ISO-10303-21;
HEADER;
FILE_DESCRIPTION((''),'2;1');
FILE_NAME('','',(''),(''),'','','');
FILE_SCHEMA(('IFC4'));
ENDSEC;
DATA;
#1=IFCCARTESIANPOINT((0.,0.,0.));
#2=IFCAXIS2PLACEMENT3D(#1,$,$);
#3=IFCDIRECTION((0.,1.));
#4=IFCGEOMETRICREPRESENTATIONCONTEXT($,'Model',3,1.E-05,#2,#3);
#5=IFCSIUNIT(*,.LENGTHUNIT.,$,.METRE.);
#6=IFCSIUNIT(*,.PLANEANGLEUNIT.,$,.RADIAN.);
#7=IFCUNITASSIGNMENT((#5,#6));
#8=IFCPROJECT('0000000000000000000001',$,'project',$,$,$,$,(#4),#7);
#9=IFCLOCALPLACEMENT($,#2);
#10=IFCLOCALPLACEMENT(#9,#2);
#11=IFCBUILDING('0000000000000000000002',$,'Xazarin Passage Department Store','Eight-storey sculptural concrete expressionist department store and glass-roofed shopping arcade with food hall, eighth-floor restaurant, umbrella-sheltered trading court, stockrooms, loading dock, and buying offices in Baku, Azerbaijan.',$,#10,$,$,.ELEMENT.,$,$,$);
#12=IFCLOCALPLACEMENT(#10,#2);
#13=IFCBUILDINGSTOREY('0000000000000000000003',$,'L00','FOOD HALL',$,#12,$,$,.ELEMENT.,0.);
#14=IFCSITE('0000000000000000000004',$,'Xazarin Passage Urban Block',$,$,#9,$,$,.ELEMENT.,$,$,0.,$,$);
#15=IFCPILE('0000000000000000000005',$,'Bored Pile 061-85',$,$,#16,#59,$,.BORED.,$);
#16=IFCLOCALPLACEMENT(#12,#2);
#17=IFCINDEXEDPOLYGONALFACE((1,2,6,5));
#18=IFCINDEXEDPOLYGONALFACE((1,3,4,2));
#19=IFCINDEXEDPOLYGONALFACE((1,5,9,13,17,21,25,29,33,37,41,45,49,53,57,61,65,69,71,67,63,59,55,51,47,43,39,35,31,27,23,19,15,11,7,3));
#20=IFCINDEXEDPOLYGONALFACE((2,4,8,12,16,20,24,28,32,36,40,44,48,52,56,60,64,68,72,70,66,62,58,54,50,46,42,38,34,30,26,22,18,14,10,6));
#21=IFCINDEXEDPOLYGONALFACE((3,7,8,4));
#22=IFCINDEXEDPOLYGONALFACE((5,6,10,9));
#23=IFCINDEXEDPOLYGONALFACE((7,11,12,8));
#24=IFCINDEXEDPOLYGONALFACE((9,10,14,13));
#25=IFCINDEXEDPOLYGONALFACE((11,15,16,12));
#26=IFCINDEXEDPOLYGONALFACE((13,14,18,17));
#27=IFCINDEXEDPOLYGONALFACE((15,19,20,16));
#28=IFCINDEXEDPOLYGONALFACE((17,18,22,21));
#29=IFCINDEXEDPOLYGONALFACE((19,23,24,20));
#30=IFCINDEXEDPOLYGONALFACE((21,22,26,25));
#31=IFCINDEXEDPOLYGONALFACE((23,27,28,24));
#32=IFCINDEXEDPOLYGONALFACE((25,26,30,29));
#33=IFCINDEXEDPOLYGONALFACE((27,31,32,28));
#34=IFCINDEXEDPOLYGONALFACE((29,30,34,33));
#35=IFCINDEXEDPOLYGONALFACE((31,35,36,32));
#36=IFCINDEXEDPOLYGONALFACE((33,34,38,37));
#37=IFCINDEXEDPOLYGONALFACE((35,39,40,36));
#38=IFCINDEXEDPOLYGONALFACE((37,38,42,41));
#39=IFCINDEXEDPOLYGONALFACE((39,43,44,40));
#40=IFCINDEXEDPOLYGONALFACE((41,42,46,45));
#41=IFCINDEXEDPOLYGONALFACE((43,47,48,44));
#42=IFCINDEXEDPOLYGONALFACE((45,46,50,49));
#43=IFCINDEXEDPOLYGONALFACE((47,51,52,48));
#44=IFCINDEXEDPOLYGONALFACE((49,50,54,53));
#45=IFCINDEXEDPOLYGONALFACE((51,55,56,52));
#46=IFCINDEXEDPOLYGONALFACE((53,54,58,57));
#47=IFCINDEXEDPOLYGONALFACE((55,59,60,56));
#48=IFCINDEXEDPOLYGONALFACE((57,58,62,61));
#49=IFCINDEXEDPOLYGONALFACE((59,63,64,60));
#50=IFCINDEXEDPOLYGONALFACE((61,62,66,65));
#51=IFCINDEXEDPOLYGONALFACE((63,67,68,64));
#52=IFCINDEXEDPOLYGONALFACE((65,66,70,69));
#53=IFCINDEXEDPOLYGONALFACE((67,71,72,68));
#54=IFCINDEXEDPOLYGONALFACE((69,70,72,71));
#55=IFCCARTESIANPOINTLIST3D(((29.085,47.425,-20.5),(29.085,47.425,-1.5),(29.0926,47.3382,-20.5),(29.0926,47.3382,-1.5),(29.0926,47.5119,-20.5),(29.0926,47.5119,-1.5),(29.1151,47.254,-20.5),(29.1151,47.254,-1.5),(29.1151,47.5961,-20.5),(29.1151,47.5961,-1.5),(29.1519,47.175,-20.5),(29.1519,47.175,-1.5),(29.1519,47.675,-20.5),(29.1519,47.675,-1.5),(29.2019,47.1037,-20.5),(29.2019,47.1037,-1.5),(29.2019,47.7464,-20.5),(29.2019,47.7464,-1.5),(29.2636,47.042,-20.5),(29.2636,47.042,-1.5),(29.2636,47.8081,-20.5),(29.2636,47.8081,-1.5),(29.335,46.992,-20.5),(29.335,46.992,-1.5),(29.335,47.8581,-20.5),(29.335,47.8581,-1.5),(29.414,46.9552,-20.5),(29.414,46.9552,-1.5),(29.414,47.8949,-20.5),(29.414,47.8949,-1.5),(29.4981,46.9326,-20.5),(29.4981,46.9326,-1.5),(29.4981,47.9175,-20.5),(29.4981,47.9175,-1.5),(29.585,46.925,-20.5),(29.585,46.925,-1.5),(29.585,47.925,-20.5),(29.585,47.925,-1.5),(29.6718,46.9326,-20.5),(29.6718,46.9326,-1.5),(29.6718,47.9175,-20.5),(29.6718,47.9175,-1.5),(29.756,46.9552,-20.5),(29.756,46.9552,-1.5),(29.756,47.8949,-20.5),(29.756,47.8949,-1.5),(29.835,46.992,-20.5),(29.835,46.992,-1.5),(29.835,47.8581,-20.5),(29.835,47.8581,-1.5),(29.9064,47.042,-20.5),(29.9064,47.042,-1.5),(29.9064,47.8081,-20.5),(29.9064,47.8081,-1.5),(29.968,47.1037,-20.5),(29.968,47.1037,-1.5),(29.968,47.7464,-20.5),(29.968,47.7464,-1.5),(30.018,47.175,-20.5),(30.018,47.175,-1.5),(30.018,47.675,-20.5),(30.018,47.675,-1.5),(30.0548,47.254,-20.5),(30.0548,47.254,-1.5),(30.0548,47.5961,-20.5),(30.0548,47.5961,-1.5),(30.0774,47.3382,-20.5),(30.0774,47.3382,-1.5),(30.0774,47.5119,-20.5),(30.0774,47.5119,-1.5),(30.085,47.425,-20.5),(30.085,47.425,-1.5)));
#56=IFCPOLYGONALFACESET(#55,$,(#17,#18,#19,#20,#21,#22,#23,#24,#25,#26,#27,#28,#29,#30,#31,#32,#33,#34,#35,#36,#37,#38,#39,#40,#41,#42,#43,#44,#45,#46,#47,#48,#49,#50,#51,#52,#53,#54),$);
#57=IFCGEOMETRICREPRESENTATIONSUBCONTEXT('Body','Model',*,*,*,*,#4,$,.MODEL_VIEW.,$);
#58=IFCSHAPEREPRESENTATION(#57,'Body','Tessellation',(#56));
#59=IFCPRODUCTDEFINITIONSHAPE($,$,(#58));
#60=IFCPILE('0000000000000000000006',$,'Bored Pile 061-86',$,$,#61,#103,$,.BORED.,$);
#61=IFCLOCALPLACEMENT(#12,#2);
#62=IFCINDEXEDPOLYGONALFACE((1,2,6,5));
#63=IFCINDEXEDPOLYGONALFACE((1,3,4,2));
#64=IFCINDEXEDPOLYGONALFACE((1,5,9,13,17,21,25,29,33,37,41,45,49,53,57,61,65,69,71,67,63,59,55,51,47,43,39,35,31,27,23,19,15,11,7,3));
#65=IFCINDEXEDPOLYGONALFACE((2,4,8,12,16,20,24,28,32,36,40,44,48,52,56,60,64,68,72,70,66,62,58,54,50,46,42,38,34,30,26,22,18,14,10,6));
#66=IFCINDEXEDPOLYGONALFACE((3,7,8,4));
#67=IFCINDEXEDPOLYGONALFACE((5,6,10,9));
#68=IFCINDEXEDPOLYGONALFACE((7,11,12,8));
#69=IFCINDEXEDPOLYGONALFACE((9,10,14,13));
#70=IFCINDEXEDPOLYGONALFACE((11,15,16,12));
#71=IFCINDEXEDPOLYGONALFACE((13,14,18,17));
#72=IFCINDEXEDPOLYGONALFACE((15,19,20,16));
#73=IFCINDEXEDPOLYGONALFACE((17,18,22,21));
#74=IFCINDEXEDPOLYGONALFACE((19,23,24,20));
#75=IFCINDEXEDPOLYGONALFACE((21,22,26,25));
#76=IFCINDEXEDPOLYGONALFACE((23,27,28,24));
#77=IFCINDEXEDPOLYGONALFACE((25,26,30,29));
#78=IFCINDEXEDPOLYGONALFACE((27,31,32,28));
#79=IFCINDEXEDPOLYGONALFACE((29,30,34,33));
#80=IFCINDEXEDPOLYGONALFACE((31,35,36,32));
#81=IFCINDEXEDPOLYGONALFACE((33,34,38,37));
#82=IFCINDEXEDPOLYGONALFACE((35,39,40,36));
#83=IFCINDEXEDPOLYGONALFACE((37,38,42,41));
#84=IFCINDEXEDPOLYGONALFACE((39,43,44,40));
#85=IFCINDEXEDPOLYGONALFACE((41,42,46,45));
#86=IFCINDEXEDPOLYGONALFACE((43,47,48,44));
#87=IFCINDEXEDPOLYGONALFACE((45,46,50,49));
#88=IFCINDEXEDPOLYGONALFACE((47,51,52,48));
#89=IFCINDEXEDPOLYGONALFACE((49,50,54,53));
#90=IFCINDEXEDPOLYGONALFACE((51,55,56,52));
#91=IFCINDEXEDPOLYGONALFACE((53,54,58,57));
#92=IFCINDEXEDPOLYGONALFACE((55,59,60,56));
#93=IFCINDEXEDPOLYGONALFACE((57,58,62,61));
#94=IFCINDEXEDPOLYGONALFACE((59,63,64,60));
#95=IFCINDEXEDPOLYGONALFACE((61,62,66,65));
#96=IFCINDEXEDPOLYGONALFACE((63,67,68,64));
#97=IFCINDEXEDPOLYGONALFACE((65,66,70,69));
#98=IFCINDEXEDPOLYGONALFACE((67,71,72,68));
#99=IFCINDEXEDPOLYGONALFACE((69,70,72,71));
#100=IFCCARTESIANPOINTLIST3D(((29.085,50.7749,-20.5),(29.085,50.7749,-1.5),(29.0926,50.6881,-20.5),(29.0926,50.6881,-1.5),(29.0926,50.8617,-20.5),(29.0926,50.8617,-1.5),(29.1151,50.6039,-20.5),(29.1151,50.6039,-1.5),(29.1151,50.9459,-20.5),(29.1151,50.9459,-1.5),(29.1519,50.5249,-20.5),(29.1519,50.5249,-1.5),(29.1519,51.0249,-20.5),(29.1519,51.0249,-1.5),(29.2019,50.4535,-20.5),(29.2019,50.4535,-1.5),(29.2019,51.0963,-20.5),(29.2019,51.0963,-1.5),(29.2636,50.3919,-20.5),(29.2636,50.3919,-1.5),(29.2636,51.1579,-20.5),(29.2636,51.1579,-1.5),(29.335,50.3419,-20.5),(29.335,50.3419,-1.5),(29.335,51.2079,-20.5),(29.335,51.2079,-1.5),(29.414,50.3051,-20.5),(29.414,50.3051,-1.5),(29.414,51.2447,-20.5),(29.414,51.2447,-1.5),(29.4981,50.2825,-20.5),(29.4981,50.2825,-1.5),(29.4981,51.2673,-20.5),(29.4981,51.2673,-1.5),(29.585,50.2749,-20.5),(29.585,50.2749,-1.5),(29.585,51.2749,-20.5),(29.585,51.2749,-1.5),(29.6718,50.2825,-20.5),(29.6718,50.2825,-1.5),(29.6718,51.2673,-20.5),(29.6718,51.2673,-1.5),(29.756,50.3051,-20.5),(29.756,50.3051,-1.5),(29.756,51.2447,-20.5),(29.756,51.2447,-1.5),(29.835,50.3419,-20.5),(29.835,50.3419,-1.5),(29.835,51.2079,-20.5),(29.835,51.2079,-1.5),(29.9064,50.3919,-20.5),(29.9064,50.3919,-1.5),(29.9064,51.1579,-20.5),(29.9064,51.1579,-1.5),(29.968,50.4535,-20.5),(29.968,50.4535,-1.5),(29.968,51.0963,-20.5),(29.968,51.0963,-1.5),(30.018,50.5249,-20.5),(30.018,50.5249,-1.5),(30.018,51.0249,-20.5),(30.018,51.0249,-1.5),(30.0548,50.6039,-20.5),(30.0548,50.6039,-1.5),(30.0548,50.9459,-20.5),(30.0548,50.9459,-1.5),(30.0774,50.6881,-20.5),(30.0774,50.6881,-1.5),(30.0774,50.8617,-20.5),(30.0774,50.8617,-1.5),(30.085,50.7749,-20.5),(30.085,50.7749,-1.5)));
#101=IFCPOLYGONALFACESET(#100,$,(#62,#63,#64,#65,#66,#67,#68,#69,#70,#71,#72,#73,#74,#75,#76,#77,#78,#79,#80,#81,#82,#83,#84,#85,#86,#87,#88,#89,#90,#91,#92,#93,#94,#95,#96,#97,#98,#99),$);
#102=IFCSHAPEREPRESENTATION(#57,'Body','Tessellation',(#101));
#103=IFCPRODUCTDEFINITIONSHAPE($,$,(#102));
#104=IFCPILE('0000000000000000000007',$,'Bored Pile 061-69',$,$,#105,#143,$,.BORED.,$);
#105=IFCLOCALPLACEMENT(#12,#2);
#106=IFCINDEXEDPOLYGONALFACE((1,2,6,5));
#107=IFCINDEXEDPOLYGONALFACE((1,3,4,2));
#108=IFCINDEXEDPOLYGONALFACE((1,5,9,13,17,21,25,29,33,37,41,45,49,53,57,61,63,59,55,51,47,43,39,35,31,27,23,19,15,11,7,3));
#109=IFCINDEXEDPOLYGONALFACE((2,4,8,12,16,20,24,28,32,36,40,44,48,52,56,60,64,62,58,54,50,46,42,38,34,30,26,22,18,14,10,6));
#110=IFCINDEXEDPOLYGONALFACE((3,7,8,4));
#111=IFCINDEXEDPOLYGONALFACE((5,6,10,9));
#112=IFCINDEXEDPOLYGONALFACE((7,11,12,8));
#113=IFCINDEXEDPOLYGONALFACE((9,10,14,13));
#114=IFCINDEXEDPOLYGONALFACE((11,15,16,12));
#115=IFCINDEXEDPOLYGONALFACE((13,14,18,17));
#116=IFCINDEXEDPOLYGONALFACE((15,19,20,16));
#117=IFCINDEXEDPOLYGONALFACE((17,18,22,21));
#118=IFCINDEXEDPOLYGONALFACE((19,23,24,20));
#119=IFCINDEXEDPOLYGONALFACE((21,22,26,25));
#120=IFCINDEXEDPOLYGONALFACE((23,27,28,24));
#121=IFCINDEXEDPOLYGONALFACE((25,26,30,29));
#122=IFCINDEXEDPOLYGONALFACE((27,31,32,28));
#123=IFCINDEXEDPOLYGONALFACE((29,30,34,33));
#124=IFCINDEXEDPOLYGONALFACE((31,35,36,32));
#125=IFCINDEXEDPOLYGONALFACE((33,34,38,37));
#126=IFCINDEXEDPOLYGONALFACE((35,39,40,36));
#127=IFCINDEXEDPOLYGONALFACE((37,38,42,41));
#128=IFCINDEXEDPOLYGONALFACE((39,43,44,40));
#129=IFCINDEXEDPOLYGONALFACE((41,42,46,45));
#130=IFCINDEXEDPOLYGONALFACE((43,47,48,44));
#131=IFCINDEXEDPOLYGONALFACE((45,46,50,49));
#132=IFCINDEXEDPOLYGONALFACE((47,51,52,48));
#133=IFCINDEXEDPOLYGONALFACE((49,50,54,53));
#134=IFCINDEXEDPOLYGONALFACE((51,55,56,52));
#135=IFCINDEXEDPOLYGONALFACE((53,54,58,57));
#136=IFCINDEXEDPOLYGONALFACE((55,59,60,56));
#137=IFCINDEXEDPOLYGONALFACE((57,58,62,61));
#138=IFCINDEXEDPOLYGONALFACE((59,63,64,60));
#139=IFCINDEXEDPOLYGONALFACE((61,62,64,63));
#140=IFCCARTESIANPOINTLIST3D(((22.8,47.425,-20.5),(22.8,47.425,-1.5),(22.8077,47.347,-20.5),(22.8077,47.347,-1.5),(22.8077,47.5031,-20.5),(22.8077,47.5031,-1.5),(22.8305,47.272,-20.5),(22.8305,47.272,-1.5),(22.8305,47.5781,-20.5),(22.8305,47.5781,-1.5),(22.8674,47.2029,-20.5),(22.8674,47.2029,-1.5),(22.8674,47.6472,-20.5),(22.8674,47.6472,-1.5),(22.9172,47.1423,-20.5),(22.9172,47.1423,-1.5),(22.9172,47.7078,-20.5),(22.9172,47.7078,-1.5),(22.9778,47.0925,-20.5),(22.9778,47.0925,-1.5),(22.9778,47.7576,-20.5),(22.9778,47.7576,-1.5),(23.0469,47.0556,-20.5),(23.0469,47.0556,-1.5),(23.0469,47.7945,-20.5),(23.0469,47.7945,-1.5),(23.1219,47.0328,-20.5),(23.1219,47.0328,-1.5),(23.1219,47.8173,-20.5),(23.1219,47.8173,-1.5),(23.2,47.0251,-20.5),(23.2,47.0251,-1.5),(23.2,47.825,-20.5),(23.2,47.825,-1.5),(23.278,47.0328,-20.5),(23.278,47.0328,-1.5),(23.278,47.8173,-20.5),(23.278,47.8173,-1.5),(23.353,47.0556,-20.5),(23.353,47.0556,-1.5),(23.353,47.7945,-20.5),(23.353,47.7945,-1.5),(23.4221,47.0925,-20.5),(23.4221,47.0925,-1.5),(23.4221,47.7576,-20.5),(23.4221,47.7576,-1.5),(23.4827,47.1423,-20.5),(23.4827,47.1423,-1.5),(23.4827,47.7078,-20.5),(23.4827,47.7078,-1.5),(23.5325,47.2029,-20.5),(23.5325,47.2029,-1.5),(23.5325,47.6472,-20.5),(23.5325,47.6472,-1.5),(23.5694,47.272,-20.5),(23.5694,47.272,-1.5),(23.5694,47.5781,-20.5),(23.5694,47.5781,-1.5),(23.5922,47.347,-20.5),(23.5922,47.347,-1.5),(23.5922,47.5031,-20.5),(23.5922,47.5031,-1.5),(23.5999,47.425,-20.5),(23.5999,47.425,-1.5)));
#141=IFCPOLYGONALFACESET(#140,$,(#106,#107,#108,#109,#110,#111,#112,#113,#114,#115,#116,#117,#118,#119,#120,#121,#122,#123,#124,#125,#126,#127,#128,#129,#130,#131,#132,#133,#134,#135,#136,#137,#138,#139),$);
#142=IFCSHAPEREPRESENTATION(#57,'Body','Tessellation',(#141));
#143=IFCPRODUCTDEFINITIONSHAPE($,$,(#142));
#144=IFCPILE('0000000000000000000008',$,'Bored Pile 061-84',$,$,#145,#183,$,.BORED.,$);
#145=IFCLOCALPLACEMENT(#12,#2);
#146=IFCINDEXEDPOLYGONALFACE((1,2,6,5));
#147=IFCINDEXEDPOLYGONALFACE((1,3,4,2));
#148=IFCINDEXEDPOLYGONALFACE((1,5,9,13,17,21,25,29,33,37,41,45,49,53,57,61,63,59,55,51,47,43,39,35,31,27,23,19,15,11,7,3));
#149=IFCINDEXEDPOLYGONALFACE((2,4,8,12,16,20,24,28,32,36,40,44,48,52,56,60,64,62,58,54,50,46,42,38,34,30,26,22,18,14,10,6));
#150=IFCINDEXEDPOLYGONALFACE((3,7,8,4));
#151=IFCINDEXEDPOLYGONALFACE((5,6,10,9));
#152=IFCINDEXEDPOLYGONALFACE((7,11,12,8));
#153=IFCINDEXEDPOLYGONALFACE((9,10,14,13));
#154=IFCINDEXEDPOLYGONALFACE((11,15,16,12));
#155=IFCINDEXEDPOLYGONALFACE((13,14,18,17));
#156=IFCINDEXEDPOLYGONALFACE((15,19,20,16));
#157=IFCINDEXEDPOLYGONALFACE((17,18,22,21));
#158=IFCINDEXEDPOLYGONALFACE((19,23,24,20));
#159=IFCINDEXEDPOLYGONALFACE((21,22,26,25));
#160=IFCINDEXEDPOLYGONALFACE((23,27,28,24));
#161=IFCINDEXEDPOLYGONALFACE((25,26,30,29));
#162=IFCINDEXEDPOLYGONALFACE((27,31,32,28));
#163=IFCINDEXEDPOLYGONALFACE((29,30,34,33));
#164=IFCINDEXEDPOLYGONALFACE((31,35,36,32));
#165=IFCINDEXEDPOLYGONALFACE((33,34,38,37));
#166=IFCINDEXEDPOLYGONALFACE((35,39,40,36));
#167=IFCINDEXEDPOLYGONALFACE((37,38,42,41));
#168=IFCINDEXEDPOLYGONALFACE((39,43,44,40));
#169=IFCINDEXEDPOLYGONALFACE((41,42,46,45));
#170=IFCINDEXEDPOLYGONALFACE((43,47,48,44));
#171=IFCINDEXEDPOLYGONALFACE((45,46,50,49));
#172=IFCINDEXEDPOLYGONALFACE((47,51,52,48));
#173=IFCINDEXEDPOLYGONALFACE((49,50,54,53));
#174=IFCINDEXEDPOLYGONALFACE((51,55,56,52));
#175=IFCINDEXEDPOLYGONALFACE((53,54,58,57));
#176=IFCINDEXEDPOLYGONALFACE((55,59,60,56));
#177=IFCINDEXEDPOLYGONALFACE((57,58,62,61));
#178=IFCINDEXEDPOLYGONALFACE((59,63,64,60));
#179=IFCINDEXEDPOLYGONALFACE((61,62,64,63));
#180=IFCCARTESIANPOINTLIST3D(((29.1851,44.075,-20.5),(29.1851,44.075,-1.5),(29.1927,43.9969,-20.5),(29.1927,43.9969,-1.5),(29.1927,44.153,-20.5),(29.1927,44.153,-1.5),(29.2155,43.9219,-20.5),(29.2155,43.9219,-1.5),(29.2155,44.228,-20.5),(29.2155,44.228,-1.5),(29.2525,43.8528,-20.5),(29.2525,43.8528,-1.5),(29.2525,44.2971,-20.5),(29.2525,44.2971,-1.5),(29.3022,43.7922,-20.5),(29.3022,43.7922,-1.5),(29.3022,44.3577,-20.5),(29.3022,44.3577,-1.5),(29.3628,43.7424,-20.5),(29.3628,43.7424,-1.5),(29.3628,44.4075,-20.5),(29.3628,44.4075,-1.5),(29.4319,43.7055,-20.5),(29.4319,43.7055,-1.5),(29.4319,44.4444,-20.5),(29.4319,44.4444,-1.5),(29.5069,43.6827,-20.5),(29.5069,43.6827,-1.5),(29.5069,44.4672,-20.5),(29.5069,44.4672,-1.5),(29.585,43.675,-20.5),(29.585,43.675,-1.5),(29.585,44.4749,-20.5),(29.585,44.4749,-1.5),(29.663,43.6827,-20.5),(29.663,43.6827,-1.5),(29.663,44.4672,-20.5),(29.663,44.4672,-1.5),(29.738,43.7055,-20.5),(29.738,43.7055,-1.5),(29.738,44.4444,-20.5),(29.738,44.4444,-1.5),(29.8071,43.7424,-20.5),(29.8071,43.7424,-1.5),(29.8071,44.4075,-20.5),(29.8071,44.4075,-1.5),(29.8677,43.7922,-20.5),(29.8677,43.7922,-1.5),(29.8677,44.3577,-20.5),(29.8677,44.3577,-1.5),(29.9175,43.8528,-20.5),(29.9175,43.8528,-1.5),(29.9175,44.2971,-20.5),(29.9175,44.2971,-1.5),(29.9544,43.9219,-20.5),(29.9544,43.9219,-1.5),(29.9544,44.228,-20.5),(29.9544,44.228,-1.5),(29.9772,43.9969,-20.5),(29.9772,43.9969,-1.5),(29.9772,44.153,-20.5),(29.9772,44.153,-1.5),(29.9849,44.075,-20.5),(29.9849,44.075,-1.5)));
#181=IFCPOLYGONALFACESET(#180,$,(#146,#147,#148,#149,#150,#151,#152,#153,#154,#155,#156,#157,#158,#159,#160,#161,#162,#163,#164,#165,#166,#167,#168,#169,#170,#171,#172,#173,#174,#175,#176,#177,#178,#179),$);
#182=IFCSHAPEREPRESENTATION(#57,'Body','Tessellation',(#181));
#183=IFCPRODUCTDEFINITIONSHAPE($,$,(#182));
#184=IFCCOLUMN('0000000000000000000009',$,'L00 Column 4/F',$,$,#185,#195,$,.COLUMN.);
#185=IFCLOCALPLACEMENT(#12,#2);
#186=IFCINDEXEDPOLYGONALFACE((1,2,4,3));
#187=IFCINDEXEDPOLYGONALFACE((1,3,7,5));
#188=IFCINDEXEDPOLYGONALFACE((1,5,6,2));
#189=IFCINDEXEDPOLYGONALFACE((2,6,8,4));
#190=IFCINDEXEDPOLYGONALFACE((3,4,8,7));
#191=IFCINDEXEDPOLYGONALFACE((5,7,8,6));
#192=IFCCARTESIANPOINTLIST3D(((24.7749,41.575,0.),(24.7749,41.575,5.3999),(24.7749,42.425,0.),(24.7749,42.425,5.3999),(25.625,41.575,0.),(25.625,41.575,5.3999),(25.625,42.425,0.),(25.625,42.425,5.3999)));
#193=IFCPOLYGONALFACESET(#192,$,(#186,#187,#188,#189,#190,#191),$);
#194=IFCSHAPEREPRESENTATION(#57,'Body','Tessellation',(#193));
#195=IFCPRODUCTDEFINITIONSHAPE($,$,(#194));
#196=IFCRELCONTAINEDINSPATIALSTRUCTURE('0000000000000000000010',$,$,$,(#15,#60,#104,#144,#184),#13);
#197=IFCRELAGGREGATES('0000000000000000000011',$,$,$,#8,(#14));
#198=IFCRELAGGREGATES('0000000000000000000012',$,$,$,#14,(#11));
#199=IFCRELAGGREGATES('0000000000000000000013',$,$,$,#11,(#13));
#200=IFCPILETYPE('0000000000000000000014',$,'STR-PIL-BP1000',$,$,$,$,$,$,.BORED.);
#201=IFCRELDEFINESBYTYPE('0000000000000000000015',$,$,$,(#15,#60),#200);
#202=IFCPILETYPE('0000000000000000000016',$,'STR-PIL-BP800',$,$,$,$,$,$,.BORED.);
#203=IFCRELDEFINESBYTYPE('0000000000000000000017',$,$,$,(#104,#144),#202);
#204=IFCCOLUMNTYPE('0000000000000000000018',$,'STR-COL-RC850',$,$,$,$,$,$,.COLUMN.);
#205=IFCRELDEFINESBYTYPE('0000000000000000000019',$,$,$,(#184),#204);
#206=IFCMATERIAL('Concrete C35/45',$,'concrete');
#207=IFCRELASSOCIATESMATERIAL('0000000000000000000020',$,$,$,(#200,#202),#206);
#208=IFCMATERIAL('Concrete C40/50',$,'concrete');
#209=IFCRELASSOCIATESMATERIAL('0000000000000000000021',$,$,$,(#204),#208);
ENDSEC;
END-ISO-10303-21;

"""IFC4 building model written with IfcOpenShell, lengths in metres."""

from ifc_helpers import new_model, si_unit, direction, frame, origin, origin_2d, place, context, subcontext, project, spatial, rectangle, circle, extrude, material, material_profile, profile_set, type_object, element, save


model = new_model("IFC4")

# Units and contexts
model_context = context("Model", 3, precision=1e-05, world=origin(), true_north=direction((0.0, 1.0)))
body_context = subcontext(model_context, "Body", "Model", "MODEL_VIEW")
ifc_project = project(units=[si_unit("LENGTHUNIT", "METRE"), si_unit("PLANEANGLEUNIT", "RADIAN")], contexts=[model_context])

# Site, building, storey
site_placement = place(None, origin())
site = spatial("IfcSite", under=ifc_project, at=site_placement, Name="Xazarin Passage Urban Block", CompositionType="ELEMENT", RefElevation=0.0)
building_placement = place(site_placement, origin())
building = spatial("IfcBuilding", under=site, at=building_placement, Name="Xazarin Passage Department Store", Description="Eight-storey sculptural concrete expressionist department store and glass-roofed shopping arcade with food hall, eighth-floor restaurant, umbrella-sheltered trading court, stockrooms, loading dock, and buying offices in Baku, Azerbaijan.", CompositionType="ELEMENT")
storey_placement = place(building_placement, origin())
storey = spatial("IfcBuildingStorey", under=building, at=storey_placement, Name="L00", Description="FOOD HALL", CompositionType="ELEMENT", Elevation=0.0)

# Shared definitions
ifc_material_1 = material(Name="Concrete C35/45", Category="concrete")

# Piles
ifc_material_profile_1 = material_profile(ifc_material_1, circle(Radius=0.5, at=origin_2d()), Name="BP 1000")
ifc_profile_set_1 = profile_set([ifc_material_profile_1], Name="Concrete C35/45")
pile_type_1 = type_object("IfcPileType", Name="STR-PIL-BP1000", PredefinedType="BORED", material=ifc_profile_set_1)
for number, where, z_axis, x_axis, name in (
    (1, (29.585, 47.425, -1.5), (0.0, 0.0, -1.0), (1.0, 0.0, 0.0), "Bored Pile 061-85"),
    (2, (29.585, 50.7749, -1.5), (0.0, 0.0, -1.0), (1.0, 0.0, 0.0), "Bored Pile 061-86"),
):
    element("IfcPile", number, at=place(storey_placement, frame(where, z_axis=z_axis, x_axis=x_axis)), inside=storey, type_object=pile_type_1, Name=name, PredefinedType="BORED", context=body_context, shape_type="SweptSolid", body=[
        extrude(circle(Radius=0.5, at=origin_2d()), origin(), (0.0, 0.0, 1.0), 19.0),
    ])
ifc_material_profile_2 = material_profile(ifc_material_1, circle(Radius=0.3999, at=origin_2d()), Name="BP 800")
ifc_profile_set_2 = profile_set([ifc_material_profile_2], Name="Concrete C35/45")
pile_type_2 = type_object("IfcPileType", Name="STR-PIL-BP800", PredefinedType="BORED", material=ifc_profile_set_2)
for number, where, z_axis, x_axis, name in (
    (3, (23.2, 47.425, -1.5), (0.0, 0.0, -1.0), (1.0, 0.0, 0.0), "Bored Pile 061-69"),
    (4, (29.585, 44.075, -1.5), (0.0, 0.0, -1.0), (1.0, 0.0, 0.0), "Bored Pile 061-84"),
):
    element("IfcPile", number, at=place(storey_placement, frame(where, z_axis=z_axis, x_axis=x_axis)), inside=storey, type_object=pile_type_2, Name=name, PredefinedType="BORED", context=body_context, shape_type="SweptSolid", body=[
        extrude(circle(Radius=0.3999, at=origin_2d()), origin(), (0.0, 0.0, 1.0), 19.0),
    ])

# Column
ifc_material_2 = material(Name="Concrete C40/50", Category="concrete")
ifc_material_profile_3 = material_profile(ifc_material_2, rectangle(XDim=0.8501, YDim=0.8501, at=origin_2d()), Name="RC 850x850")
ifc_profile_set_3 = profile_set([ifc_material_profile_3], Name="Concrete C40/50")
column_type_1 = type_object("IfcColumnType", Name="STR-COL-RC850", PredefinedType="COLUMN", material=ifc_profile_set_3)
column_placement = place(storey_placement, frame((25.2, 42.0, 0.0), z_axis=(0.0, 0.0, 1.0), x_axis=(1.0, 0.0, 0.0)))
element("IfcColumn", 5, at=column_placement, inside=storey, type_object=column_type_1, Name="L00 Column 4/F", PredefinedType="COLUMN", context=body_context, shape_type="SweptSolid", body=[
    extrude(rectangle(XDim=0.8501, YDim=0.8501, at=origin_2d()), origin(), (0.0, 0.0, 1.0), 5.3999),
])

save(model, "model.ifc")
